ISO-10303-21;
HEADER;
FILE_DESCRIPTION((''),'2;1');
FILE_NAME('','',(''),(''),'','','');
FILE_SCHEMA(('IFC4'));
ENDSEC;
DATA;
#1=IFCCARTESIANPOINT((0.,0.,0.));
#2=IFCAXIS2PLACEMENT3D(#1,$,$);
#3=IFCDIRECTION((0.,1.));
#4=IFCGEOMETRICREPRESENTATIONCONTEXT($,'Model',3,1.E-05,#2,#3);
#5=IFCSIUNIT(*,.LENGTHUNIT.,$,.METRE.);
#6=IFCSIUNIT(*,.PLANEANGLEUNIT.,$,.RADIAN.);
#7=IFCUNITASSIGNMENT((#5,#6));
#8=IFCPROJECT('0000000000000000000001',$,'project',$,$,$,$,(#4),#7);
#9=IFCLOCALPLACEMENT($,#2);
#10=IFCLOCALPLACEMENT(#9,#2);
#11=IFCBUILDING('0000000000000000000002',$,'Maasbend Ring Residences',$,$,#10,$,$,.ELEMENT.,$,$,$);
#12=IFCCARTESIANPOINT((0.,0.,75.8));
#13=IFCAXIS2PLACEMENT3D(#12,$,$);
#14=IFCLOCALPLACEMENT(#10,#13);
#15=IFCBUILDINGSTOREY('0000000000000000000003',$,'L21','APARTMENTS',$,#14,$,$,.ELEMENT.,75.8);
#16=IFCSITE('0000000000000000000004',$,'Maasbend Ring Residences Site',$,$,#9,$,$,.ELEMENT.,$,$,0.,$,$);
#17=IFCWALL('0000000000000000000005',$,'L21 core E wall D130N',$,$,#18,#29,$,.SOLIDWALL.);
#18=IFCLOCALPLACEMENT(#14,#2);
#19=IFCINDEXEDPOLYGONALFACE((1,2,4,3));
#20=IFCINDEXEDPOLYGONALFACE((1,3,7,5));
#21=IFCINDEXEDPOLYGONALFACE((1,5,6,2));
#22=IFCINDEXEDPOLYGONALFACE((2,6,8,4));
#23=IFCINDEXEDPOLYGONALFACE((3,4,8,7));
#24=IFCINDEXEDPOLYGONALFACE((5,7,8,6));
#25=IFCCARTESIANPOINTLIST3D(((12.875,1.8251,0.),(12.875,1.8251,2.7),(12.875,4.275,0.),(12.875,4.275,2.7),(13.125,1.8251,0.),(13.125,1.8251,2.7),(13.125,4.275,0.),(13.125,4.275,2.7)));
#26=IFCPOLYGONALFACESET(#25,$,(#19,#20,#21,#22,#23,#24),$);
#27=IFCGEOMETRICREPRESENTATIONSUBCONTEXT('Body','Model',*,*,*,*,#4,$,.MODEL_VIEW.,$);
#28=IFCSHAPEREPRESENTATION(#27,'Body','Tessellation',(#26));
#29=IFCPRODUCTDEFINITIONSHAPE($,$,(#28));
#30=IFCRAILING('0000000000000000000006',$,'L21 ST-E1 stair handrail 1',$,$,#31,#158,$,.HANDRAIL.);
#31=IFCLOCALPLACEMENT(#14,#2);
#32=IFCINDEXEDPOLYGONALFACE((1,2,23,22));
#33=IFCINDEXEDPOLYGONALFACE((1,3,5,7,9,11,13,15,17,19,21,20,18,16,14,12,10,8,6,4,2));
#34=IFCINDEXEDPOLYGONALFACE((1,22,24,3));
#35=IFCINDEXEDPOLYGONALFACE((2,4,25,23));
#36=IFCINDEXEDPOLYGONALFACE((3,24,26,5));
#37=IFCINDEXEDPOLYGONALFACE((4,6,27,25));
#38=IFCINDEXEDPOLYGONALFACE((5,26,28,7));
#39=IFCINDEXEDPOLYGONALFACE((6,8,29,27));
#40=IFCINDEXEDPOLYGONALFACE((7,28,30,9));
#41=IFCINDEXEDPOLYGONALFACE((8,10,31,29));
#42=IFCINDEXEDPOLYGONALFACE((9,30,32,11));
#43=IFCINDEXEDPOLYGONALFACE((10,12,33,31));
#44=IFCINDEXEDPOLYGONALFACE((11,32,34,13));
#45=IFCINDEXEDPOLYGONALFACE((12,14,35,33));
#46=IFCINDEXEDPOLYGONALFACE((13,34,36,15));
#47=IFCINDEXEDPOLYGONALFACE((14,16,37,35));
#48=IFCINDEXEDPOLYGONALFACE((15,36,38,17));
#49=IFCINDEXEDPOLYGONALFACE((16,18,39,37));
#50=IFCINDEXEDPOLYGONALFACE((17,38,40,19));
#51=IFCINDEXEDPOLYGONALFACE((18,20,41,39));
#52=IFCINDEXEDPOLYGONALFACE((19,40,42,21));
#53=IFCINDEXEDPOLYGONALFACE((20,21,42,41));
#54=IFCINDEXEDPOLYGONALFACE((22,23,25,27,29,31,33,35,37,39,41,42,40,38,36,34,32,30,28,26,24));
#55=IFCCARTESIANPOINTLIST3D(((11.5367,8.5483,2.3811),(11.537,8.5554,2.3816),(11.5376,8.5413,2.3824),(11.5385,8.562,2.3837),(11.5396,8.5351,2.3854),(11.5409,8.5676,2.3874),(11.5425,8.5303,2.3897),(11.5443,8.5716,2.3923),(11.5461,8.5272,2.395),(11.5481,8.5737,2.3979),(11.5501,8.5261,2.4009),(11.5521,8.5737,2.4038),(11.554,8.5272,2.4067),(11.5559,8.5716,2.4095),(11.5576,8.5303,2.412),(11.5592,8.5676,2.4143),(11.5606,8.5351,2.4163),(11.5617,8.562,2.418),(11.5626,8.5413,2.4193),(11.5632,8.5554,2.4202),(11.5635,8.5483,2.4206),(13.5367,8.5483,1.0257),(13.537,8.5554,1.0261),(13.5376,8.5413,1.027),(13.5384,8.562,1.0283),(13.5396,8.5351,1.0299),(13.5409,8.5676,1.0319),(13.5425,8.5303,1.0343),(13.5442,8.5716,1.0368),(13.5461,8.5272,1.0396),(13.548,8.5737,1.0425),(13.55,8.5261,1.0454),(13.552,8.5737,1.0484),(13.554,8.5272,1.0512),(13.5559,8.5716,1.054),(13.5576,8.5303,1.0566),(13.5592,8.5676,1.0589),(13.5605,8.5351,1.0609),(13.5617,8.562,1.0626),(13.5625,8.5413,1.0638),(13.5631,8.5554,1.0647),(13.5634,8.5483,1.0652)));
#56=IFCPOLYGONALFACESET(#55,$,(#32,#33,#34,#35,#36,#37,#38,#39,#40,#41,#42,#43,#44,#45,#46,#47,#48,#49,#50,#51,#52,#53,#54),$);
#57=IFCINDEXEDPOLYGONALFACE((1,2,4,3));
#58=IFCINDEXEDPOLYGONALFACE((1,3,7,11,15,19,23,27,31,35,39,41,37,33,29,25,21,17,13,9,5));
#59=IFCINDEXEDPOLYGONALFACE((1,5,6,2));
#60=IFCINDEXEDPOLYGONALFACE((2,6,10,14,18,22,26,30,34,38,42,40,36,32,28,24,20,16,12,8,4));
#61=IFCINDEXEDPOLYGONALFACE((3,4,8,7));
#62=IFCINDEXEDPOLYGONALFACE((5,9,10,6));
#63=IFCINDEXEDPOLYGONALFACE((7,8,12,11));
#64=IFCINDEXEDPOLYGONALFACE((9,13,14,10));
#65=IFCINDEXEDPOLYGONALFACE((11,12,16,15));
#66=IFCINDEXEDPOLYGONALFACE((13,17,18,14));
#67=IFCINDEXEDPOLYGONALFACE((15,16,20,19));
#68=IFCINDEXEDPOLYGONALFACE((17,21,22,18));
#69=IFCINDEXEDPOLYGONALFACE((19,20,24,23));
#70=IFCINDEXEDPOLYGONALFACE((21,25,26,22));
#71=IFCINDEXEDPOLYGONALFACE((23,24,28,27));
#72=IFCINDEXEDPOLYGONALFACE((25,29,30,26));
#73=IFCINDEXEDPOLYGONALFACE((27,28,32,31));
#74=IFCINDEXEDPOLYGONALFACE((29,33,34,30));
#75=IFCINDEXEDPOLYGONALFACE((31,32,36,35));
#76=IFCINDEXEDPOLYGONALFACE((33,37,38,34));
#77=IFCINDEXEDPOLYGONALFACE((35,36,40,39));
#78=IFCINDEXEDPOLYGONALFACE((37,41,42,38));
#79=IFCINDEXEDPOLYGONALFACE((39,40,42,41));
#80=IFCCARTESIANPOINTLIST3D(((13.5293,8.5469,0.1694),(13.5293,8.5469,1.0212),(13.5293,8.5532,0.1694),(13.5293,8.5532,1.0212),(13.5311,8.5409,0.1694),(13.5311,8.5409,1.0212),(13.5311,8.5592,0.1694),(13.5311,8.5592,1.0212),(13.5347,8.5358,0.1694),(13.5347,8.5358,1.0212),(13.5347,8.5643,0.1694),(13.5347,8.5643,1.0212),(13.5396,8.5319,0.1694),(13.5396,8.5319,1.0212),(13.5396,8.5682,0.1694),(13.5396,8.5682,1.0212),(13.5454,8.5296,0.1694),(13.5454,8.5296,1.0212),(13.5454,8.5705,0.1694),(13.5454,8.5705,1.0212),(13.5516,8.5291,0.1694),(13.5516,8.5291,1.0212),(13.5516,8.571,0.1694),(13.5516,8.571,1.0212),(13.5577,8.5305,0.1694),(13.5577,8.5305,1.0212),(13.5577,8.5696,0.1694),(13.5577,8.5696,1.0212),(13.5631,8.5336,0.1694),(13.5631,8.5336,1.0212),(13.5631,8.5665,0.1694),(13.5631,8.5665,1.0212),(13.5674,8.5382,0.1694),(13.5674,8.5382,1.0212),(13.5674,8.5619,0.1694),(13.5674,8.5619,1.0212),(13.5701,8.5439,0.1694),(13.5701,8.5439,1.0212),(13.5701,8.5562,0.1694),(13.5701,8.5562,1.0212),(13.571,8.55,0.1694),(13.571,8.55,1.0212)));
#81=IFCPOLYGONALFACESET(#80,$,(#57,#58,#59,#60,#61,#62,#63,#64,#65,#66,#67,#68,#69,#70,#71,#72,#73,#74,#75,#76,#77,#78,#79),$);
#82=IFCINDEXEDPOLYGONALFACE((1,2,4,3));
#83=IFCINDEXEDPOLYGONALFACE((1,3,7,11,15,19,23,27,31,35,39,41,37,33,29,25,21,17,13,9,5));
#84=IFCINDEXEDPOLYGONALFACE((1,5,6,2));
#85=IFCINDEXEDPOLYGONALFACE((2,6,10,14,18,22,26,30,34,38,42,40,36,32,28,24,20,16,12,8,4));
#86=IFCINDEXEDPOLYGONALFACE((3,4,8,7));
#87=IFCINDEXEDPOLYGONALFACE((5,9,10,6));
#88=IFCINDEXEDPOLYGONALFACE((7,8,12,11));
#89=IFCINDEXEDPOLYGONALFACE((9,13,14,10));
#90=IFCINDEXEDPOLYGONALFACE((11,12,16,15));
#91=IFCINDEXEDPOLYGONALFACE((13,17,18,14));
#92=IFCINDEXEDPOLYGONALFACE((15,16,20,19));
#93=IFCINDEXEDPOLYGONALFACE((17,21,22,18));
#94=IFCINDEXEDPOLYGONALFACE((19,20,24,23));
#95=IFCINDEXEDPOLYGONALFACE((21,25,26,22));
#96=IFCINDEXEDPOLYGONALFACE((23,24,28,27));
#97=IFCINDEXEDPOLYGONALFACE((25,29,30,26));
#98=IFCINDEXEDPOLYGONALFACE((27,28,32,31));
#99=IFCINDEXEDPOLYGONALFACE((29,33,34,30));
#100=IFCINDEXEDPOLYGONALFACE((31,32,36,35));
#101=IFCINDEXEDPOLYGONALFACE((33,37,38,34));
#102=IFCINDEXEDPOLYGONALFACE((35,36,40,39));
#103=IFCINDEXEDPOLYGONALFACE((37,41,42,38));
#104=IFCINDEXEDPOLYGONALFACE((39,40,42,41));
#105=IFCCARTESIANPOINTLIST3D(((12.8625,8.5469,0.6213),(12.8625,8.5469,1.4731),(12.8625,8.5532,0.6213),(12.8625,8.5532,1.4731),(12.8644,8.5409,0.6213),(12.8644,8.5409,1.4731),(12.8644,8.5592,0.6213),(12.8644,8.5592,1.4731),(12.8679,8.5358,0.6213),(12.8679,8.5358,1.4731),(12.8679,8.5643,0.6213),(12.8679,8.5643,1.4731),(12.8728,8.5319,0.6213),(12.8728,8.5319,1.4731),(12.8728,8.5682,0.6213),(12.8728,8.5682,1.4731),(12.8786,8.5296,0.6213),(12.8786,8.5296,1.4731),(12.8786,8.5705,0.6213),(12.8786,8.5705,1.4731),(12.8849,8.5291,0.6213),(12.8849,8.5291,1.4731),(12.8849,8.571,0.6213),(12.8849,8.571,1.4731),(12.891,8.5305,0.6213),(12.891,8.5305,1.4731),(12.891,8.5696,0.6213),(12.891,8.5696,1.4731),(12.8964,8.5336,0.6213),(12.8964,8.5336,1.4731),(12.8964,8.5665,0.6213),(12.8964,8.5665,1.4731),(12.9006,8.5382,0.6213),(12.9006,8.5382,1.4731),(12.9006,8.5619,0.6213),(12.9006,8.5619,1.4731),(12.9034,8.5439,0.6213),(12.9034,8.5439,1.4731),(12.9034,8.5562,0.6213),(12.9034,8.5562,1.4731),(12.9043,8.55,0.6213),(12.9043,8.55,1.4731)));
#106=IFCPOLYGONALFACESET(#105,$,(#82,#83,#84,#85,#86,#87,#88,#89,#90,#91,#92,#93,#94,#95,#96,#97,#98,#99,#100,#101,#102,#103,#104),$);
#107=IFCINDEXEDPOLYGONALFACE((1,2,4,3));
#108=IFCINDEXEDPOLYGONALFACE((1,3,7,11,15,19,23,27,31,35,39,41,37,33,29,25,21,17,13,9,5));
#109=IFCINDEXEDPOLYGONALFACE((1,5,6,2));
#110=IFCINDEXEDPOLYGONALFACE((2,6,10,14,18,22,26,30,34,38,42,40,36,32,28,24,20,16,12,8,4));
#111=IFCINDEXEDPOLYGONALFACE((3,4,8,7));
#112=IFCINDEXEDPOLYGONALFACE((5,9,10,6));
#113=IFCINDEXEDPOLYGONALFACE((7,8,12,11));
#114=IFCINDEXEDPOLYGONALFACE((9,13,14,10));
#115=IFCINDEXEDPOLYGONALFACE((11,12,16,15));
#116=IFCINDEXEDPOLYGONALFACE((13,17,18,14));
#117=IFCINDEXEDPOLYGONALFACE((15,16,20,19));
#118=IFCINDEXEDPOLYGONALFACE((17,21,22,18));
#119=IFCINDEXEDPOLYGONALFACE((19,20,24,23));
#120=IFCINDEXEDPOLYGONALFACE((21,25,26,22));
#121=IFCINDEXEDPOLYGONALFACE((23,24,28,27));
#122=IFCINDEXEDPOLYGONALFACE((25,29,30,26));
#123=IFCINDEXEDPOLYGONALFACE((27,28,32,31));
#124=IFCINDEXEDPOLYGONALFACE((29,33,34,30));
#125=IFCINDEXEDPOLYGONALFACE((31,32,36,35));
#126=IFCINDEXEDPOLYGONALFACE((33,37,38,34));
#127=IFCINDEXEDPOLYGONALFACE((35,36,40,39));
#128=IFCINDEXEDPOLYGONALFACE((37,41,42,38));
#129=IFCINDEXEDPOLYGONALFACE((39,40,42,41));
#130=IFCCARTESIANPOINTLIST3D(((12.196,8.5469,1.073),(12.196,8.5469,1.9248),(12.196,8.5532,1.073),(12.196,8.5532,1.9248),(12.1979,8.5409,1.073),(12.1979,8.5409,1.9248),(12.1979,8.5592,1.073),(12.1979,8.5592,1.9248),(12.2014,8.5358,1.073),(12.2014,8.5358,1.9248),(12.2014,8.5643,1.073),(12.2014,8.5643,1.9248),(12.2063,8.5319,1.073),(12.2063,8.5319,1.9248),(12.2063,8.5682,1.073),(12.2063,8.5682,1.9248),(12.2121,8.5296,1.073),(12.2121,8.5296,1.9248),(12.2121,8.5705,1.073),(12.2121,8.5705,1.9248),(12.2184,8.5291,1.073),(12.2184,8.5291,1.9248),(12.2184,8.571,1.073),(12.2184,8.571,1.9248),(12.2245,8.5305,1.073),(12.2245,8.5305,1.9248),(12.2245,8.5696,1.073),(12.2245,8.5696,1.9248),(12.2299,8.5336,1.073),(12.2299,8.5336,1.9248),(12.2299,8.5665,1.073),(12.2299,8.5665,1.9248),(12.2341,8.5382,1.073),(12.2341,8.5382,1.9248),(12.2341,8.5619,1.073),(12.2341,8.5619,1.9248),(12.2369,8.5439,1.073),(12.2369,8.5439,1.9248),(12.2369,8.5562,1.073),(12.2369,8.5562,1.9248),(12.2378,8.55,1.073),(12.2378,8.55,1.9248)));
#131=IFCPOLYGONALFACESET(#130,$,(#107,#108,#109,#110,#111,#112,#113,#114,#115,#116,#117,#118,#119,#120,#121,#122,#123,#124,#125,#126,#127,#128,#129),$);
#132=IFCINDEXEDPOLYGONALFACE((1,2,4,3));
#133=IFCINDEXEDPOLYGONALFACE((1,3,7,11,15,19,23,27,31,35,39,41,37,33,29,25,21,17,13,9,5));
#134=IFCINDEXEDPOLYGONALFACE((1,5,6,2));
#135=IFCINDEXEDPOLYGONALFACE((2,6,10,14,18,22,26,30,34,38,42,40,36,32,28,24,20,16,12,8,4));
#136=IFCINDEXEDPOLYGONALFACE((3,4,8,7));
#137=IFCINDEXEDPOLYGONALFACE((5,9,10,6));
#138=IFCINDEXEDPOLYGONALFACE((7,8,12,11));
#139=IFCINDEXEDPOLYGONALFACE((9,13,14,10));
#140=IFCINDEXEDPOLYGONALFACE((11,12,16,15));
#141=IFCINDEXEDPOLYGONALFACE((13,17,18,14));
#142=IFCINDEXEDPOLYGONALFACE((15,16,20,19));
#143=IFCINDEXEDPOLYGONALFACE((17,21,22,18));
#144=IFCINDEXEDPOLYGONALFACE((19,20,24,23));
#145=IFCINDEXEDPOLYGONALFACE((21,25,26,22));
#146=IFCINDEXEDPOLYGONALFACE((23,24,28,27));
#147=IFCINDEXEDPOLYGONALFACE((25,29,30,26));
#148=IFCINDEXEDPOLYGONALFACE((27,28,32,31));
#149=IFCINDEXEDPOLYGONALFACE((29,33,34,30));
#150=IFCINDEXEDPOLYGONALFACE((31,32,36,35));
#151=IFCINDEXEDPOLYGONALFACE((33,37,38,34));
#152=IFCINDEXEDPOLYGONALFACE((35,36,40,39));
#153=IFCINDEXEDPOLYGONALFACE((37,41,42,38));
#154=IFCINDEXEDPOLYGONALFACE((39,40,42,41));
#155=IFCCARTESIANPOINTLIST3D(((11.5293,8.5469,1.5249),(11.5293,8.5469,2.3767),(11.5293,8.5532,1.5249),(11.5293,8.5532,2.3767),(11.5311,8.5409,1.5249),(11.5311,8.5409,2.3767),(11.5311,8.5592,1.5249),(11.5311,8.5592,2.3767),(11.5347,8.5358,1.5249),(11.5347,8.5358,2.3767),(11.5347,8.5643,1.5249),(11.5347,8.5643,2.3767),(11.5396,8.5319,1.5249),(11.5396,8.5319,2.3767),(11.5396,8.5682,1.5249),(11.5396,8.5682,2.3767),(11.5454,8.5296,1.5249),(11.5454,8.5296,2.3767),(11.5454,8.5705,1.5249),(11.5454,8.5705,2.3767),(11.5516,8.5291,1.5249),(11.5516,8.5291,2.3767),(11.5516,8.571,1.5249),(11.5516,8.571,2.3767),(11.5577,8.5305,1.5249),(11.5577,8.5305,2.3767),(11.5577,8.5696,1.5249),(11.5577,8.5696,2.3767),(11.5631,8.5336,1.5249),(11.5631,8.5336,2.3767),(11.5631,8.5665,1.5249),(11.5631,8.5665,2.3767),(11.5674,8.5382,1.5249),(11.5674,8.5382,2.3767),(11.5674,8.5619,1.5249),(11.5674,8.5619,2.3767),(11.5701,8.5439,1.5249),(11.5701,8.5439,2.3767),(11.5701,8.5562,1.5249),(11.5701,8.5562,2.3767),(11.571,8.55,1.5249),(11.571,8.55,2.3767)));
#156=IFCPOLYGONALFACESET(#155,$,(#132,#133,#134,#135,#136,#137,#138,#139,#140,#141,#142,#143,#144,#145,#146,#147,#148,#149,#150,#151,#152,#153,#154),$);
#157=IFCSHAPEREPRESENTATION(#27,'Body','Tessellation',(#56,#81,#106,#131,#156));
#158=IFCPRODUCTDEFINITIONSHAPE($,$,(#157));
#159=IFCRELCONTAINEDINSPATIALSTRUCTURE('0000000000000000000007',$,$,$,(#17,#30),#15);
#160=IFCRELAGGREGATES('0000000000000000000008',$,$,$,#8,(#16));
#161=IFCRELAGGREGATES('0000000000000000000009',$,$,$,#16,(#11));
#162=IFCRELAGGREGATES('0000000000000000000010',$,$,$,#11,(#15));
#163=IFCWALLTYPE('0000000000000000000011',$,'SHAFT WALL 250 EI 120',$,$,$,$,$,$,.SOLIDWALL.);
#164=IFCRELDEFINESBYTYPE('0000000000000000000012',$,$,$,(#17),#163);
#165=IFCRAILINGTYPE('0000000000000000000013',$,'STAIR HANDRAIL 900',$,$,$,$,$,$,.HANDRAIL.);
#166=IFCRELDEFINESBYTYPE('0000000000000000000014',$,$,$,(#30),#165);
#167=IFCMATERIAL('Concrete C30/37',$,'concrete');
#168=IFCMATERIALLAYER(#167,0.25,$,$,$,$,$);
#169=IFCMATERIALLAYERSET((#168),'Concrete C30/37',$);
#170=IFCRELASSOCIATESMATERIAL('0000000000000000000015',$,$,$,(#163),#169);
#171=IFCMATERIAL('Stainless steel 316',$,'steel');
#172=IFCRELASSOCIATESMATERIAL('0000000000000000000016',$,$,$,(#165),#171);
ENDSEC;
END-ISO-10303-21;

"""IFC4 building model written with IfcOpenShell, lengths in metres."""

from ifc_helpers import new_model, si_unit, direction, frame, frame_2d, origin, origin_2d, place, context, subcontext, project, spatial, rectangle, circle, extrude, material, layer, layer_set, type_object, element, save


model = new_model("IFC4")

# Units and contexts
model_context = context("Model", 3, precision=1e-05, world=origin(), true_north=direction((0.0, 1.0)))
body_context = subcontext(model_context, "Body", "Model", "MODEL_VIEW")
ifc_project = project(units=[si_unit("LENGTHUNIT", "METRE"), si_unit("PLANEANGLEUNIT", "RADIAN")], contexts=[model_context])

# Site, building, storey
site_placement = place(None, origin())
site = spatial("IfcSite", under=ifc_project, at=site_placement, Name="Maasbend Ring Residences Site", CompositionType="ELEMENT", RefElevation=0.0)
building_placement = place(site_placement, origin())
building = spatial("IfcBuilding", under=site, at=building_placement, Name="Maasbend Ring Residences", CompositionType="ELEMENT")
storey_placement = place(building_placement, frame((0.0, 0.0, 75.8)))
storey = spatial("IfcBuildingStorey", under=building, at=storey_placement, Name="L21", Description="APARTMENTS", CompositionType="ELEMENT", Elevation=75.8)

# Wall
ifc_material_1 = material(Name="Concrete C30/37", Category="concrete")
ifc_layer_1 = layer(ifc_material_1, 0.25)
ifc_layer_set_1 = layer_set([ifc_layer_1], Name="Concrete C30/37")
wall_type_1 = type_object("IfcWallType", Name="SHAFT WALL 250 EI 120", PredefinedType="SOLIDWALL", material=ifc_layer_set_1)
for number, where, z_axis, x_axis, name in (
    (1, (13.0, 1.825, 0.0), (0.0, 0.0, 1.0), (0.0, 1.0, 0.0), "L21 core E wall D130N"),
):
    element("IfcWall", number, at=place(storey_placement, frame(where, z_axis=z_axis, x_axis=x_axis)), inside=storey, type_object=wall_type_1, Name=name, PredefinedType="SOLIDWALL", context=body_context, shape_type="SweptSolid", body=[
        extrude(rectangle(XDim=2.45, YDim=0.25, at=frame_2d((1.2251, 0.0))), origin(), (0.0, 0.0, 1.0), 2.7),
    ])

# Railing
ifc_material_2 = material(Name="Stainless steel 316", Category="steel")
railing_type_1 = type_object("IfcRailingType", Name="STAIR HANDRAIL 900", PredefinedType="HANDRAIL", material=ifc_material_2)
railing_1_placement = place(storey_placement, frame((13.55, 8.55, 0.1694)))
element("IfcRailing", 2, at=railing_1_placement, inside=storey, type_object=railing_type_1, Name="L21 ST-E1 stair handrail 1", PredefinedType="HANDRAIL", context=body_context, shape_type="SweptSolid", body=[
    extrude(circle(Radius=0.0239, at=origin_2d()), frame((0.0, 0.0, 0.876), z_axis=(-0.827798, 0.0, 0.561027), x_axis=(0.0, -1.0, 0.0)), (0.0, 0.0, 1.0), 2.416),
    extrude(circle(Radius=0.021, at=origin_2d()), origin(), (0.0, 0.0, 1.0), 0.8518),
    extrude(circle(Radius=0.021, at=origin_2d()), frame((-0.6667, 0.0, 0.4519)), (0.0, 0.0, 1.0), 0.8518),
    extrude(circle(Radius=0.021, at=origin_2d()), frame((-1.3333, 0.0, 0.9036)), (0.0, 0.0, 1.0), 0.8518),
    extrude(circle(Radius=0.021, at=origin_2d()), frame((-2.0, 0.0, 1.3555)), (0.0, 0.0, 1.0), 0.8518),
])

save(model, "model.ifc")
